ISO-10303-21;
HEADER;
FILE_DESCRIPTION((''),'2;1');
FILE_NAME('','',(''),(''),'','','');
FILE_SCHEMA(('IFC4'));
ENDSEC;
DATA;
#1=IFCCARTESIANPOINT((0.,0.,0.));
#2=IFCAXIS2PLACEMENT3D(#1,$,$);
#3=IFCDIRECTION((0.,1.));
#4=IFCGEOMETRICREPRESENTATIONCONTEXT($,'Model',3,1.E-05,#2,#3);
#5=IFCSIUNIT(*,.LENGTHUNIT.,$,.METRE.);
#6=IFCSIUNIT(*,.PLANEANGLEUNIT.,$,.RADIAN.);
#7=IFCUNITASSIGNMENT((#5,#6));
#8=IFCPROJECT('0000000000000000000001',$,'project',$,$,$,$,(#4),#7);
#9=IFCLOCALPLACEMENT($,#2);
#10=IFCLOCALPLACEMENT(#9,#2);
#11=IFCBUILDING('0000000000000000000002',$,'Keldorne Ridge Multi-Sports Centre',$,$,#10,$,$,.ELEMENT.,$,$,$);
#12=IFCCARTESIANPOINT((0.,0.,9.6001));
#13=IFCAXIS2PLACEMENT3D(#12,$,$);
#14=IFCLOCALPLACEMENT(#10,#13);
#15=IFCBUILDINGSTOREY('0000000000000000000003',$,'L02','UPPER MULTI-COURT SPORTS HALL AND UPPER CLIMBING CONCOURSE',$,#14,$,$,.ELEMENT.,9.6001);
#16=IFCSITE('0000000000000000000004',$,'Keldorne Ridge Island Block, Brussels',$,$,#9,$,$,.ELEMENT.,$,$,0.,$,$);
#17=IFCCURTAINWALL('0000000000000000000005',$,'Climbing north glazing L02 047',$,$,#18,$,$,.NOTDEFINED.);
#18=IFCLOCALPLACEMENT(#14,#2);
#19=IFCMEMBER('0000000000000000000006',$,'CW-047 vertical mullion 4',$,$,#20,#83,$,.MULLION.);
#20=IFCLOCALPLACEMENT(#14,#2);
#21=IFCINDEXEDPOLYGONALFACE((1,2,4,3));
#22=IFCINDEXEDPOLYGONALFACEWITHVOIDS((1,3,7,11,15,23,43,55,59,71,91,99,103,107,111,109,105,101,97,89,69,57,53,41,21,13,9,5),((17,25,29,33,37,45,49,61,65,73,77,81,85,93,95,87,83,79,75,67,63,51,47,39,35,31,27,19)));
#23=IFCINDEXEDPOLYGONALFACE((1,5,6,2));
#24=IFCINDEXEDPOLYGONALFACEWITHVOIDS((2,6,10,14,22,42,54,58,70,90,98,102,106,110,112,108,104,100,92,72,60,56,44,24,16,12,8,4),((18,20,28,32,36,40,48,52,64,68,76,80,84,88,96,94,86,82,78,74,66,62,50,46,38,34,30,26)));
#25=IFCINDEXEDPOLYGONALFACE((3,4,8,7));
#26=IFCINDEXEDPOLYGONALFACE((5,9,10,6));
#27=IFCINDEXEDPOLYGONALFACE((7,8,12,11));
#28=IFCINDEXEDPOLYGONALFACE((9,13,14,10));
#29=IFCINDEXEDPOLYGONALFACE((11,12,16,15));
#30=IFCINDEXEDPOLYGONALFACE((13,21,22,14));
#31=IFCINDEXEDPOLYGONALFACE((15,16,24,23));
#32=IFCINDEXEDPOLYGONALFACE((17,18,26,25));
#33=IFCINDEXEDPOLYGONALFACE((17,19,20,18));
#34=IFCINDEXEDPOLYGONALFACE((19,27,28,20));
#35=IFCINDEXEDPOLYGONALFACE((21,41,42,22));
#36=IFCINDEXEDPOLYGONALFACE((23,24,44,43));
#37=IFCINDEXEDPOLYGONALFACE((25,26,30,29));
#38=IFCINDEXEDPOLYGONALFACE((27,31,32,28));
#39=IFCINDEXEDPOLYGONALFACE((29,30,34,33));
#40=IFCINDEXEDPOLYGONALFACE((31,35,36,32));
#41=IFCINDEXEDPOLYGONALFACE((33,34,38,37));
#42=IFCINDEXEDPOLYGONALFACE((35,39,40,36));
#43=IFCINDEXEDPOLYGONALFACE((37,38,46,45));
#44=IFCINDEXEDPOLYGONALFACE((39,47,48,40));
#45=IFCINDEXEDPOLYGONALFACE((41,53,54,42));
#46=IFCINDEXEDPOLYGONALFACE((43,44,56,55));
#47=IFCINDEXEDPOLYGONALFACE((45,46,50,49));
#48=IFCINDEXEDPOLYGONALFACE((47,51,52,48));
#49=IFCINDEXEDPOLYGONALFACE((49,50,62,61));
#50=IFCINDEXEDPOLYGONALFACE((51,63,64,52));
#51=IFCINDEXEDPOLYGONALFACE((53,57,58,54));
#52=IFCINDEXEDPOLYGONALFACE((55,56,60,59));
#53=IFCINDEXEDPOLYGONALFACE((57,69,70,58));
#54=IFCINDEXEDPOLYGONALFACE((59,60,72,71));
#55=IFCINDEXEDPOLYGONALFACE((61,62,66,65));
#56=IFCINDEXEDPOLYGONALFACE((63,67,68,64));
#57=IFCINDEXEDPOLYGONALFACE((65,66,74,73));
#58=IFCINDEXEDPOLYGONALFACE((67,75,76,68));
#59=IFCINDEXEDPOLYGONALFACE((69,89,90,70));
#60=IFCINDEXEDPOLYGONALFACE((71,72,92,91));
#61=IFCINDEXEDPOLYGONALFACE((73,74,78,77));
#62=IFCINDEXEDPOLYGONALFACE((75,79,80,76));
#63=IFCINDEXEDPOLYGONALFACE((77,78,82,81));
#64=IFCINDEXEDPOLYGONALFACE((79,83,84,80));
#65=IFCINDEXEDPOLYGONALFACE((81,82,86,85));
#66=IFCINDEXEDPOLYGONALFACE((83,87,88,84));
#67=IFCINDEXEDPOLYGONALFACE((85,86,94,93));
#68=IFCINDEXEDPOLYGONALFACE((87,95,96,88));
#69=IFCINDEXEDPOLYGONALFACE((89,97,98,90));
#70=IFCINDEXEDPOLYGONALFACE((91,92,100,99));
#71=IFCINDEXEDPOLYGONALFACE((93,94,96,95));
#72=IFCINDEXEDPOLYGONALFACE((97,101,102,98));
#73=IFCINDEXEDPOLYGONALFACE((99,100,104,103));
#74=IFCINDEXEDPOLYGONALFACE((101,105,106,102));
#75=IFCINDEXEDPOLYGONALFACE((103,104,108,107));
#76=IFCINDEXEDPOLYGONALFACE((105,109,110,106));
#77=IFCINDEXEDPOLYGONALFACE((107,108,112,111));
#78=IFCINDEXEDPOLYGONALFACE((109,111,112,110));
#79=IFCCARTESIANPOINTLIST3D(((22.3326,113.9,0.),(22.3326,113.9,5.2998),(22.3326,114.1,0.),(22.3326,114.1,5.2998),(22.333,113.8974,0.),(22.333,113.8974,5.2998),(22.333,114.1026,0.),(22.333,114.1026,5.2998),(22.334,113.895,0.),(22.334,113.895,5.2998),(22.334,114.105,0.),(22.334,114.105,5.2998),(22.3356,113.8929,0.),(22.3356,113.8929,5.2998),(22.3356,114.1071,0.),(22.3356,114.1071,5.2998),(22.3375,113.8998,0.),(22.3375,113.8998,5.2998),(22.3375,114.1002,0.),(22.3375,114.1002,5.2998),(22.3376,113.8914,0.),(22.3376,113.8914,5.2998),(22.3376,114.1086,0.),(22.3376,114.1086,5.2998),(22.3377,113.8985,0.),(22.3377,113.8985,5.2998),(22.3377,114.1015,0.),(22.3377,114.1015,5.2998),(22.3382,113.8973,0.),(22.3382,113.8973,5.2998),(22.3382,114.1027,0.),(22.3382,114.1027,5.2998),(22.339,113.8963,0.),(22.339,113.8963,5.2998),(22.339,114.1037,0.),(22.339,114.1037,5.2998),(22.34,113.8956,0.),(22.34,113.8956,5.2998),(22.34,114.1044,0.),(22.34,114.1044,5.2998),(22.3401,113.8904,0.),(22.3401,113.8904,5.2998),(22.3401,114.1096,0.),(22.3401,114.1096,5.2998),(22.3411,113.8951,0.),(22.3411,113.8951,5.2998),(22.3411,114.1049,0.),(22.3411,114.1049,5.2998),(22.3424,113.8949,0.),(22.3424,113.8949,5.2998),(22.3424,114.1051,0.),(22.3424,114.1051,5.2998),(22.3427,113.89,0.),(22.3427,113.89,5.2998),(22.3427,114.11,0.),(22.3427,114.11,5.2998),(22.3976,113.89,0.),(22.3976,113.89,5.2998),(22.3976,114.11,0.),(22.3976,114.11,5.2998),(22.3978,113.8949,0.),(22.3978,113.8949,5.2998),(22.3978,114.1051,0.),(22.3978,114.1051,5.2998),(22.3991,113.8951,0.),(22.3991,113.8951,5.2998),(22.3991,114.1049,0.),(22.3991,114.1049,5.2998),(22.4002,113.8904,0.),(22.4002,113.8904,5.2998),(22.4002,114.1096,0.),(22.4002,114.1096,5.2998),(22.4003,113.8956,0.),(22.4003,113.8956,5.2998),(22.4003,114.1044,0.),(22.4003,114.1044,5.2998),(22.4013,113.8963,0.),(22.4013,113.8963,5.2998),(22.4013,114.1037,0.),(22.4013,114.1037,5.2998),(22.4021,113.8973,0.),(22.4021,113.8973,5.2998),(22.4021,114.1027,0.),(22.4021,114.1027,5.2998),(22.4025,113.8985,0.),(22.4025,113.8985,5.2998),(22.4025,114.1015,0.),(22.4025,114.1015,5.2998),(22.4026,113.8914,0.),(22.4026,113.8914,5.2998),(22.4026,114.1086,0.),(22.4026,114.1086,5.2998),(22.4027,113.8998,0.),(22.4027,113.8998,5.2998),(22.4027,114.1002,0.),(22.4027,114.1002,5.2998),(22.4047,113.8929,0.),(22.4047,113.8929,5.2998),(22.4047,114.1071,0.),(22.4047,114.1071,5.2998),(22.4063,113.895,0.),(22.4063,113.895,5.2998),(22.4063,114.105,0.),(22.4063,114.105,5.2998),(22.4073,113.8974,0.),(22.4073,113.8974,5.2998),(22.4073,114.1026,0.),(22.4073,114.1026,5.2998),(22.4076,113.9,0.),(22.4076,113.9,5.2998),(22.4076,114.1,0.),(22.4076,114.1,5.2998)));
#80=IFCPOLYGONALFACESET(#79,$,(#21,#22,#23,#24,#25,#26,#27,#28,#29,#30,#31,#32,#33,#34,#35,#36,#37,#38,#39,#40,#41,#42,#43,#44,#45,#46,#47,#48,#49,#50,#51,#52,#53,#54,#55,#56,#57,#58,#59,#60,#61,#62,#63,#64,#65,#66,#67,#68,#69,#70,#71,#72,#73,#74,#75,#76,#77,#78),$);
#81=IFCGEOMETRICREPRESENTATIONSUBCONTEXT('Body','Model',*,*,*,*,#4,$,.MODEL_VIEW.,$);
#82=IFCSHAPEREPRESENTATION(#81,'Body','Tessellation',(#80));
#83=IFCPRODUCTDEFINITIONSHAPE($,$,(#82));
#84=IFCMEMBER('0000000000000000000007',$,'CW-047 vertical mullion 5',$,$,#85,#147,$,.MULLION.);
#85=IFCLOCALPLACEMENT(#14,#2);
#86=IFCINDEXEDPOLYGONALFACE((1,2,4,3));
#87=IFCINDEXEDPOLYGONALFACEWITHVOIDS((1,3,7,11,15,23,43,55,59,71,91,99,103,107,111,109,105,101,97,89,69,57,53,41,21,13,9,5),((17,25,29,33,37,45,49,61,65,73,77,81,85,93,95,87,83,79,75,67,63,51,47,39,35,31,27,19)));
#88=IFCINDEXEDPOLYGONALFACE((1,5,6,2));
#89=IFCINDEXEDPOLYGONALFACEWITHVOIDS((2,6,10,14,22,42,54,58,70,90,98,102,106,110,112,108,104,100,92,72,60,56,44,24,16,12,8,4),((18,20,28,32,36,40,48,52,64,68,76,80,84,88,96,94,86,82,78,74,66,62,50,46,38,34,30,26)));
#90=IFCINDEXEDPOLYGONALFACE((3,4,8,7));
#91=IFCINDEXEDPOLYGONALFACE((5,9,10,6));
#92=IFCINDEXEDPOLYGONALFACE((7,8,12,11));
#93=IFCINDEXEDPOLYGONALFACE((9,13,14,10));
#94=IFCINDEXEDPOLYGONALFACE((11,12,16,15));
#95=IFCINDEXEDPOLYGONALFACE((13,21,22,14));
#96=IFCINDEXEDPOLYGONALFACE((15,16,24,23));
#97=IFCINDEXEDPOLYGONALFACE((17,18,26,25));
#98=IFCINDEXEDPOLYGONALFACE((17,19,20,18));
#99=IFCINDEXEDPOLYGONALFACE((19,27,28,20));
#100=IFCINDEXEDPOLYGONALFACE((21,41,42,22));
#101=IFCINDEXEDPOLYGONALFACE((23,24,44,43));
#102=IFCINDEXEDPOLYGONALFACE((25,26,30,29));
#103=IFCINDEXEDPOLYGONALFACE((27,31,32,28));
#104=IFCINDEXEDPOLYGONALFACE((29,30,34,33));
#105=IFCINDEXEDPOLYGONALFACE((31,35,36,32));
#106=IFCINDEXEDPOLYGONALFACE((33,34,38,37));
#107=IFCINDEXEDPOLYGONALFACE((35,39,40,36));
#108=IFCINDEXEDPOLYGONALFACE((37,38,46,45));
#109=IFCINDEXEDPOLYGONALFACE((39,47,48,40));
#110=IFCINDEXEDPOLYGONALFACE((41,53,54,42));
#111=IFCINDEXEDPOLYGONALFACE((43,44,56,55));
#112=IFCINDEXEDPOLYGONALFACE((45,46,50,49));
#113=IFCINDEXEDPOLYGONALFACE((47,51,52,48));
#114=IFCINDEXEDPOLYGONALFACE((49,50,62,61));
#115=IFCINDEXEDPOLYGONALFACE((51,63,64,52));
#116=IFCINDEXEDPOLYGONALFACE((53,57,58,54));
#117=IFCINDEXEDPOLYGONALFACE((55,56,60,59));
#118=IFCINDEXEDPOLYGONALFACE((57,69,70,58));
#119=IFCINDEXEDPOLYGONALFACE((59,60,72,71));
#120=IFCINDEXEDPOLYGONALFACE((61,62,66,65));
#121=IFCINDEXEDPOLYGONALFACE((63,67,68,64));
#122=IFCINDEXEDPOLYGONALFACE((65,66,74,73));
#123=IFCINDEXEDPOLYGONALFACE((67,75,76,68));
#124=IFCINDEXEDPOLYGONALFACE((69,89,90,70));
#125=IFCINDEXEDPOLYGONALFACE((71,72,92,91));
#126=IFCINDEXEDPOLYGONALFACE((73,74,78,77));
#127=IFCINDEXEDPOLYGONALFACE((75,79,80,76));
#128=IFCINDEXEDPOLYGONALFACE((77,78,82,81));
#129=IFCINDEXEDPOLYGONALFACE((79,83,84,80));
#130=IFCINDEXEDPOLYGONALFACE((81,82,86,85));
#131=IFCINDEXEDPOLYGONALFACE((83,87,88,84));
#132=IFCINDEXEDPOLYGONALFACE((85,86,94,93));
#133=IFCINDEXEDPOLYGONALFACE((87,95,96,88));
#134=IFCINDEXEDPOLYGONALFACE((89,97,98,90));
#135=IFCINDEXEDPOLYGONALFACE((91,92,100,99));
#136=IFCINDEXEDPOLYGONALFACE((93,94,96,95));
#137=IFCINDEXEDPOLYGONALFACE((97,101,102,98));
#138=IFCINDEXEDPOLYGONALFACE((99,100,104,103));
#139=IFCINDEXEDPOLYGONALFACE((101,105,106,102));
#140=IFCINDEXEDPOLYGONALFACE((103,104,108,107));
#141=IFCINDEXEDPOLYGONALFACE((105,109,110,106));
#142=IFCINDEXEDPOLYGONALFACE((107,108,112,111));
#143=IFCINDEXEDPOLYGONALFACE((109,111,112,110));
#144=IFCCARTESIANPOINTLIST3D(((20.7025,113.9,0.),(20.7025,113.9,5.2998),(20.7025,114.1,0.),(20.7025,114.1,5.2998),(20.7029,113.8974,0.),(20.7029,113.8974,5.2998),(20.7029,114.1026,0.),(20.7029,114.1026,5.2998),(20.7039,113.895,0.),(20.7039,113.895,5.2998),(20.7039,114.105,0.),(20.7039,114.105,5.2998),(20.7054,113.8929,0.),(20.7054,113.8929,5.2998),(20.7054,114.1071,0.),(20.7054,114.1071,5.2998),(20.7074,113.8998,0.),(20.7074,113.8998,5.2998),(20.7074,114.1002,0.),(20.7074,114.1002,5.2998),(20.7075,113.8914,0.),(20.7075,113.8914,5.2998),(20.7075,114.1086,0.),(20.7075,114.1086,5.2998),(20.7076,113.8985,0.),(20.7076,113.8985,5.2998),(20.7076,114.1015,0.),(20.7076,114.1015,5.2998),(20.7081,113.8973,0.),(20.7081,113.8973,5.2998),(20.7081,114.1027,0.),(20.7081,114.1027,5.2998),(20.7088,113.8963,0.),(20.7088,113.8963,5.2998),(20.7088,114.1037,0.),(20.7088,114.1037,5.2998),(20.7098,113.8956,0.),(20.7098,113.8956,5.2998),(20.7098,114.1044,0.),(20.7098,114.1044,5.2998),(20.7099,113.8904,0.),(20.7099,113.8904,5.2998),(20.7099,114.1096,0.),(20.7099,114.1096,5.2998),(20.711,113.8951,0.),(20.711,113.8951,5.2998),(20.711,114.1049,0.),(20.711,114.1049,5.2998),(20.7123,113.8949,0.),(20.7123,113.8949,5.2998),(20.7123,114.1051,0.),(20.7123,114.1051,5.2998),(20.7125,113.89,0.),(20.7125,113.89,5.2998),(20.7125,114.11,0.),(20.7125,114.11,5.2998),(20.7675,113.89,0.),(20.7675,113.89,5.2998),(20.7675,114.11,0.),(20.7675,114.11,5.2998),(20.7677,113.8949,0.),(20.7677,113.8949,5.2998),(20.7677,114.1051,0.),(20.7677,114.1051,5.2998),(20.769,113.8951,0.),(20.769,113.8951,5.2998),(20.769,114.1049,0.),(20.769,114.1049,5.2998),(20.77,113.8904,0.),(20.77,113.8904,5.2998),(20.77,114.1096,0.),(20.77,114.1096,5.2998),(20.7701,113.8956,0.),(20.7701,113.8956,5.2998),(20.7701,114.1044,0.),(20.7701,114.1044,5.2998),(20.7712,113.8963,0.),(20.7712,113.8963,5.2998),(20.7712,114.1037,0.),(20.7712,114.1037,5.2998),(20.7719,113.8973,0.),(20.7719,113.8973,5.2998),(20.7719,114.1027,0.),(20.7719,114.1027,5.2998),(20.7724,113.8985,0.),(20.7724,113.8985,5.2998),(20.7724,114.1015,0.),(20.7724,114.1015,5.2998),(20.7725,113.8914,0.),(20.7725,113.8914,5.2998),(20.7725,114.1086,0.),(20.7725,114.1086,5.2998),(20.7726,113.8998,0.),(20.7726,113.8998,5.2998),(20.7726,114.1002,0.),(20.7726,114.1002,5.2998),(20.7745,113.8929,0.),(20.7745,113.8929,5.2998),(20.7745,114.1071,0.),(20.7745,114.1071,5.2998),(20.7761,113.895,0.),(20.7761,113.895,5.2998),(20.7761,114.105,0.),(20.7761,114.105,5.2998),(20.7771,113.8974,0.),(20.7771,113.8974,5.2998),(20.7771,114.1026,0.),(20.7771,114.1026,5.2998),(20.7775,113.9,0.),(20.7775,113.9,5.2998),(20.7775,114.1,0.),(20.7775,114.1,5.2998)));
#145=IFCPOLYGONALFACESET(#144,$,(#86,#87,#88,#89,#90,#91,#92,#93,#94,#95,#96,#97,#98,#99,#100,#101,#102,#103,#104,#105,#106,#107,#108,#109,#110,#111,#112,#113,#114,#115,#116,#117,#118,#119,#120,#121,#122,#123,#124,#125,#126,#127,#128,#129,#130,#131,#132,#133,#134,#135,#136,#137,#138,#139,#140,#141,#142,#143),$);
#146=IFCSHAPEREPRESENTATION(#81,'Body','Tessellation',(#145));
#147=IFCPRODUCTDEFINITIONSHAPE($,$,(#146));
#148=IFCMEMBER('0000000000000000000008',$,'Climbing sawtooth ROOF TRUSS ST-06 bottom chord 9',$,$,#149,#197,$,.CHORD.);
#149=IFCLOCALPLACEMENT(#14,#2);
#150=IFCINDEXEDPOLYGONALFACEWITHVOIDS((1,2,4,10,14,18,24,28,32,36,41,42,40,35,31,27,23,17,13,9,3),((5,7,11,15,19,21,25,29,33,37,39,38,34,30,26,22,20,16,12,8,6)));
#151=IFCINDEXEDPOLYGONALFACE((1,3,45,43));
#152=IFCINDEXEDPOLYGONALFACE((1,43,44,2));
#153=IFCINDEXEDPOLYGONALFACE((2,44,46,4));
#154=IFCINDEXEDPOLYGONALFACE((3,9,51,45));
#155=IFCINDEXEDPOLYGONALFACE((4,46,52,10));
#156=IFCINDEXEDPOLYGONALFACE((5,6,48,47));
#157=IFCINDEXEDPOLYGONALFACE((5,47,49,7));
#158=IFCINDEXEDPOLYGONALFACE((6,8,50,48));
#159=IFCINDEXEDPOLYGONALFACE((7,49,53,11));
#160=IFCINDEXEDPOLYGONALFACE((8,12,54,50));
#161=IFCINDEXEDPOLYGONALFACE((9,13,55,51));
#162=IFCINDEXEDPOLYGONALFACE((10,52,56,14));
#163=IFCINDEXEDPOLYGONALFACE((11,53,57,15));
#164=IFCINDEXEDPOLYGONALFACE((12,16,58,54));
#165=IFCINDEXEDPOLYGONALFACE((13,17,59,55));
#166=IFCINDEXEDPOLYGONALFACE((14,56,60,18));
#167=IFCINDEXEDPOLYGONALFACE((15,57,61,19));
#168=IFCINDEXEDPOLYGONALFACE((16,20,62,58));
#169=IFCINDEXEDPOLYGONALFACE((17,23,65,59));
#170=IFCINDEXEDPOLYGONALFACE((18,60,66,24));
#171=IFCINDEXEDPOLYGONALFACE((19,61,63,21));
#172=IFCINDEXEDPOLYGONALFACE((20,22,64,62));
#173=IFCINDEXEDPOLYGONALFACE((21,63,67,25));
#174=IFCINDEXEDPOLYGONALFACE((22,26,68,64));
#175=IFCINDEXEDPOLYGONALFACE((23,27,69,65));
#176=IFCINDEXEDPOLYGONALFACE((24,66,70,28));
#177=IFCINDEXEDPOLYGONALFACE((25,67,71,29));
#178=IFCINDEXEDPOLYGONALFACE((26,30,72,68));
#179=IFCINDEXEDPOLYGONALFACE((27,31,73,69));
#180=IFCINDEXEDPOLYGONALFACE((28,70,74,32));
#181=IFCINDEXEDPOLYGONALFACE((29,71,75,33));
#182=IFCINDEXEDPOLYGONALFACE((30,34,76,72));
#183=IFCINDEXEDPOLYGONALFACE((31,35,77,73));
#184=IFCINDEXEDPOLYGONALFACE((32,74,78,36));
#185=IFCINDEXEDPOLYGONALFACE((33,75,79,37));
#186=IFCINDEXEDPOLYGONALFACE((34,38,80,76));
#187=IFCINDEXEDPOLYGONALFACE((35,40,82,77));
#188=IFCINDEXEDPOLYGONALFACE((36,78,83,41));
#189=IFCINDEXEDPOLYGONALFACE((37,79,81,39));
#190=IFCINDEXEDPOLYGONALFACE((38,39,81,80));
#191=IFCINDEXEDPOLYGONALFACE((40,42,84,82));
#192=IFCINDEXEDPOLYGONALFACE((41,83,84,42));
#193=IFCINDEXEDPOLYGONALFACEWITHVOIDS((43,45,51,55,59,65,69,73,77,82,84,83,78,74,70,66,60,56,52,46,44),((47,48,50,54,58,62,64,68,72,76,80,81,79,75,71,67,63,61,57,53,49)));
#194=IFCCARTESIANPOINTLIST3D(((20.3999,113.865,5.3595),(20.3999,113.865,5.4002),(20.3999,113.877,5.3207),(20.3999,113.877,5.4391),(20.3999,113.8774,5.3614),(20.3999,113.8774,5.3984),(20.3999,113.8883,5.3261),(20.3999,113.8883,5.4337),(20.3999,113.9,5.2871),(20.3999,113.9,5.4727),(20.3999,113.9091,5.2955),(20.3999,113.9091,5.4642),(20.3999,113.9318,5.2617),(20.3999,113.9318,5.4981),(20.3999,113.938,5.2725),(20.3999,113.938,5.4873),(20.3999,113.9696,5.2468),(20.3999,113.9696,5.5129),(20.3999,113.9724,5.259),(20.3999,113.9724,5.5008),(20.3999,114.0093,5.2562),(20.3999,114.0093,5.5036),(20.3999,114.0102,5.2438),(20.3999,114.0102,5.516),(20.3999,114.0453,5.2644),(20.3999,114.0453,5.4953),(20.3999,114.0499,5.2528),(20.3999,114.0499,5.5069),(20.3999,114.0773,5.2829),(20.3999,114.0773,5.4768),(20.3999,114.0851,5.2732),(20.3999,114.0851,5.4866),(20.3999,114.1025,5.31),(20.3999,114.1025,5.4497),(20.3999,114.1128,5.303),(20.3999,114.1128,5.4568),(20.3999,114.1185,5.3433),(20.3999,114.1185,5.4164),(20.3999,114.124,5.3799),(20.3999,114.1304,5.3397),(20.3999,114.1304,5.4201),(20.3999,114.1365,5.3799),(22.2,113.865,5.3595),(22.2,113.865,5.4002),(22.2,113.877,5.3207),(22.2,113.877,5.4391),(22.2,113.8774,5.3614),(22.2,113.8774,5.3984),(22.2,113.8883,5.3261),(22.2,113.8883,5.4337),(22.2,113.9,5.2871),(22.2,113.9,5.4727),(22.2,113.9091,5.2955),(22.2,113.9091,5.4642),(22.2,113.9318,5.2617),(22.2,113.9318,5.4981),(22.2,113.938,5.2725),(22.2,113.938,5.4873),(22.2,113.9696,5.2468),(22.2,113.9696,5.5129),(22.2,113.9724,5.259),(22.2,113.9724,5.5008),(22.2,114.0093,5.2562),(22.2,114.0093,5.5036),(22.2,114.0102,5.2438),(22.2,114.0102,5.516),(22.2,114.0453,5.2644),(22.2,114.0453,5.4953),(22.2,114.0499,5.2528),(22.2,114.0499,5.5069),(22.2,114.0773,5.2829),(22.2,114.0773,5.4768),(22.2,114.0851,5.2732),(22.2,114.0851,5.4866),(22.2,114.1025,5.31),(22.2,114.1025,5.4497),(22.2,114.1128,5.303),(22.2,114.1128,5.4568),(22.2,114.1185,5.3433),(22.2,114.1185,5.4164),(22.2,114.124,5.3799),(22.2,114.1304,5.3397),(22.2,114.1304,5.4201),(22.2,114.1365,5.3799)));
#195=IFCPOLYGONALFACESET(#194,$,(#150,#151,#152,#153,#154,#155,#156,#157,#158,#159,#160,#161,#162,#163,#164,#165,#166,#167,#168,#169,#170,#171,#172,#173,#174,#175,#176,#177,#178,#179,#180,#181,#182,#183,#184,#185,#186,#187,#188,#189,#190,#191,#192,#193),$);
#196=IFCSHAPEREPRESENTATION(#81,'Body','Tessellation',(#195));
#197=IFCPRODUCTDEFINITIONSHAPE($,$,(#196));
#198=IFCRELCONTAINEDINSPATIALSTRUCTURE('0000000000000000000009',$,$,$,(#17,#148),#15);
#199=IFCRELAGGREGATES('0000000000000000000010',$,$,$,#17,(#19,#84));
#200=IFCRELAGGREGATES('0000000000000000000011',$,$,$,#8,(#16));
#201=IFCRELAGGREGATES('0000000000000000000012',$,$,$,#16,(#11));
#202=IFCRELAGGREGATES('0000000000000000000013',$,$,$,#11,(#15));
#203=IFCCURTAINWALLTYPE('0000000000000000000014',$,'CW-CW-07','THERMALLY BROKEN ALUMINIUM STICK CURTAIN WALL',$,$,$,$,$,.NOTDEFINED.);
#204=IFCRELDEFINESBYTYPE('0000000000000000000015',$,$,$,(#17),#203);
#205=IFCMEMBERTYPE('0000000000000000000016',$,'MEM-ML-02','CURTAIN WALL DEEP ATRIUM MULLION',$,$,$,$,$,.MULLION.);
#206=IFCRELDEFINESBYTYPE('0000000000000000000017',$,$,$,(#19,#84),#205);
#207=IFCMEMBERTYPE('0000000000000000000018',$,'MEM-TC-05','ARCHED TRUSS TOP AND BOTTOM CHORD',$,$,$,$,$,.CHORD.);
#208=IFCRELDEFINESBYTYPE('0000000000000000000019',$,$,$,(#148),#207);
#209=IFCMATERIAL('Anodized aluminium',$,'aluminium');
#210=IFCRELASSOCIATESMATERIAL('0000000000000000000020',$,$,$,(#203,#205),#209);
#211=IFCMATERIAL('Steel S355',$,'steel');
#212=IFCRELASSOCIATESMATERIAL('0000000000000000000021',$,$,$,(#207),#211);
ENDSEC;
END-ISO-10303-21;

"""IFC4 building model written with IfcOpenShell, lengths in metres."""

from ifc_helpers import new_model, si_unit, direction, frame, origin, origin_2d, place, context, subcontext, project, spatial, hollow_rectangle, hollow_circle, extrude, material, material_profile, profile_set, type_object, element, aggregate, save


model = new_model("IFC4")

# Units and contexts
model_context = context("Model", 3, precision=1e-05, world=origin(), true_north=direction((0.0, 1.0)))
body_context = subcontext(model_context, "Body", "Model", "MODEL_VIEW")
ifc_project = project(units=[si_unit("LENGTHUNIT", "METRE"), si_unit("PLANEANGLEUNIT", "RADIAN")], contexts=[model_context])

# Site, building, storey
site_placement = place(None, origin())
site = spatial("IfcSite", under=ifc_project, at=site_placement, Name="Keldorne Ridge Island Block, Brussels", CompositionType="ELEMENT", RefElevation=0.0)
building_placement = place(site_placement, origin())
building = spatial("IfcBuilding", under=site, at=building_placement, Name="Keldorne Ridge Multi-Sports Centre", CompositionType="ELEMENT")
storey_placement = place(building_placement, frame((0.0, 0.0, 9.6001)))
storey = spatial("IfcBuildingStorey", under=building, at=storey_placement, Name="L02", Description="UPPER MULTI-COURT SPORTS HALL AND UPPER CLIMBING CONCOURSE", CompositionType="ELEMENT", Elevation=9.6001)

# Shared definitions
ifc_material_1 = material(Name="Steel S355", Category="steel")

# Curtain wall, members
ifc_material_2 = material(Name="Anodized aluminium", Category="aluminium")
curtain_wall_type = type_object("IfcCurtainWallType", Name="CW-CW-07", Description="THERMALLY BROKEN ALUMINIUM STICK CURTAIN WALL", PredefinedType="NOTDEFINED", material=ifc_material_2)
curtain_wall_placement = place(storey_placement, origin())
curtain_wall = element("IfcCurtainWall", 1, at=curtain_wall_placement, inside=storey, type_object=curtain_wall_type, Name="Climbing north glazing L02 047", PredefinedType="NOTDEFINED")
ifc_material_profile_1 = material_profile(ifc_material_2, hollow_rectangle(XDim=0.075, YDim=0.22, WallThickness=0.0049, InnerFilletRadius=0.0049, OuterFilletRadius=0.01, at=origin_2d()), Name="ALU MULLION 220x75x5")
ifc_profile_set_1 = profile_set([ifc_material_profile_1], Name="Anodized aluminium")
member_type_1 = type_object("IfcMemberType", Name="MEM-ML-02", Description="CURTAIN WALL DEEP ATRIUM MULLION", PredefinedType="MULLION", material=ifc_profile_set_1)
member_1_placement = place(storey_placement, frame((22.3701, 114.0, 0.0), z_axis=(0.0, 0.0, 1.0), x_axis=(1.0, 0.0, 0.0)))
member_1 = element("IfcMember", 2, at=member_1_placement, type_object=member_type_1, Name="CW-047 vertical mullion 4", PredefinedType="MULLION", context=body_context, shape_type="SweptSolid", body=[
    extrude(hollow_rectangle(XDim=0.075, YDim=0.22, WallThickness=0.0049, InnerFilletRadius=0.0049, OuterFilletRadius=0.01, at=origin_2d()), origin(), (0.0, 0.0, 1.0), 5.2998),
])
member_2_placement = place(storey_placement, frame((20.74, 114.0, 0.0), z_axis=(0.0, 0.0, 1.0), x_axis=(1.0, 0.0, 0.0)))
member_2 = element("IfcMember", 3, at=member_2_placement, type_object=member_type_1, Name="CW-047 vertical mullion 5", PredefinedType="MULLION", context=body_context, shape_type="SweptSolid", body=[
    extrude(hollow_rectangle(XDim=0.075, YDim=0.22, WallThickness=0.0049, InnerFilletRadius=0.0049, OuterFilletRadius=0.01, at=origin_2d()), origin(), (0.0, 0.0, 1.0), 5.2998),
])

# Member
ifc_material_profile_2 = material_profile(ifc_material_1, hollow_circle(Radius=0.1365, WallThickness=0.0125, at=origin_2d()), Name="CHS 273x12.5")
ifc_profile_set_2 = profile_set([ifc_material_profile_2], Name="Steel S355")
member_type_2 = type_object("IfcMemberType", Name="MEM-TC-05", Description="ARCHED TRUSS TOP AND BOTTOM CHORD", PredefinedType="CHORD", material=ifc_profile_set_2)
for number, where, z_axis, x_axis, name in (
    (4, (20.3999, 114.0, 5.3799), (1.0, 0.0, 0.0), (0.0, 1.0, 0.0), "Climbing sawtooth ROOF TRUSS ST-06 bottom chord 9"),
):
    element("IfcMember", number, at=place(storey_placement, frame(where, z_axis=z_axis, x_axis=x_axis)), inside=storey, type_object=member_type_2, Name=name, PredefinedType="CHORD", context=body_context, shape_type="SweptSolid", body=[
        extrude(hollow_circle(Radius=0.1365, WallThickness=0.0125, at=origin_2d()), origin(), (0.0, 0.0, 1.0), 1.8),
    ])

aggregate(curtain_wall, [member_1, member_2])

save(model, "model.ifc")
